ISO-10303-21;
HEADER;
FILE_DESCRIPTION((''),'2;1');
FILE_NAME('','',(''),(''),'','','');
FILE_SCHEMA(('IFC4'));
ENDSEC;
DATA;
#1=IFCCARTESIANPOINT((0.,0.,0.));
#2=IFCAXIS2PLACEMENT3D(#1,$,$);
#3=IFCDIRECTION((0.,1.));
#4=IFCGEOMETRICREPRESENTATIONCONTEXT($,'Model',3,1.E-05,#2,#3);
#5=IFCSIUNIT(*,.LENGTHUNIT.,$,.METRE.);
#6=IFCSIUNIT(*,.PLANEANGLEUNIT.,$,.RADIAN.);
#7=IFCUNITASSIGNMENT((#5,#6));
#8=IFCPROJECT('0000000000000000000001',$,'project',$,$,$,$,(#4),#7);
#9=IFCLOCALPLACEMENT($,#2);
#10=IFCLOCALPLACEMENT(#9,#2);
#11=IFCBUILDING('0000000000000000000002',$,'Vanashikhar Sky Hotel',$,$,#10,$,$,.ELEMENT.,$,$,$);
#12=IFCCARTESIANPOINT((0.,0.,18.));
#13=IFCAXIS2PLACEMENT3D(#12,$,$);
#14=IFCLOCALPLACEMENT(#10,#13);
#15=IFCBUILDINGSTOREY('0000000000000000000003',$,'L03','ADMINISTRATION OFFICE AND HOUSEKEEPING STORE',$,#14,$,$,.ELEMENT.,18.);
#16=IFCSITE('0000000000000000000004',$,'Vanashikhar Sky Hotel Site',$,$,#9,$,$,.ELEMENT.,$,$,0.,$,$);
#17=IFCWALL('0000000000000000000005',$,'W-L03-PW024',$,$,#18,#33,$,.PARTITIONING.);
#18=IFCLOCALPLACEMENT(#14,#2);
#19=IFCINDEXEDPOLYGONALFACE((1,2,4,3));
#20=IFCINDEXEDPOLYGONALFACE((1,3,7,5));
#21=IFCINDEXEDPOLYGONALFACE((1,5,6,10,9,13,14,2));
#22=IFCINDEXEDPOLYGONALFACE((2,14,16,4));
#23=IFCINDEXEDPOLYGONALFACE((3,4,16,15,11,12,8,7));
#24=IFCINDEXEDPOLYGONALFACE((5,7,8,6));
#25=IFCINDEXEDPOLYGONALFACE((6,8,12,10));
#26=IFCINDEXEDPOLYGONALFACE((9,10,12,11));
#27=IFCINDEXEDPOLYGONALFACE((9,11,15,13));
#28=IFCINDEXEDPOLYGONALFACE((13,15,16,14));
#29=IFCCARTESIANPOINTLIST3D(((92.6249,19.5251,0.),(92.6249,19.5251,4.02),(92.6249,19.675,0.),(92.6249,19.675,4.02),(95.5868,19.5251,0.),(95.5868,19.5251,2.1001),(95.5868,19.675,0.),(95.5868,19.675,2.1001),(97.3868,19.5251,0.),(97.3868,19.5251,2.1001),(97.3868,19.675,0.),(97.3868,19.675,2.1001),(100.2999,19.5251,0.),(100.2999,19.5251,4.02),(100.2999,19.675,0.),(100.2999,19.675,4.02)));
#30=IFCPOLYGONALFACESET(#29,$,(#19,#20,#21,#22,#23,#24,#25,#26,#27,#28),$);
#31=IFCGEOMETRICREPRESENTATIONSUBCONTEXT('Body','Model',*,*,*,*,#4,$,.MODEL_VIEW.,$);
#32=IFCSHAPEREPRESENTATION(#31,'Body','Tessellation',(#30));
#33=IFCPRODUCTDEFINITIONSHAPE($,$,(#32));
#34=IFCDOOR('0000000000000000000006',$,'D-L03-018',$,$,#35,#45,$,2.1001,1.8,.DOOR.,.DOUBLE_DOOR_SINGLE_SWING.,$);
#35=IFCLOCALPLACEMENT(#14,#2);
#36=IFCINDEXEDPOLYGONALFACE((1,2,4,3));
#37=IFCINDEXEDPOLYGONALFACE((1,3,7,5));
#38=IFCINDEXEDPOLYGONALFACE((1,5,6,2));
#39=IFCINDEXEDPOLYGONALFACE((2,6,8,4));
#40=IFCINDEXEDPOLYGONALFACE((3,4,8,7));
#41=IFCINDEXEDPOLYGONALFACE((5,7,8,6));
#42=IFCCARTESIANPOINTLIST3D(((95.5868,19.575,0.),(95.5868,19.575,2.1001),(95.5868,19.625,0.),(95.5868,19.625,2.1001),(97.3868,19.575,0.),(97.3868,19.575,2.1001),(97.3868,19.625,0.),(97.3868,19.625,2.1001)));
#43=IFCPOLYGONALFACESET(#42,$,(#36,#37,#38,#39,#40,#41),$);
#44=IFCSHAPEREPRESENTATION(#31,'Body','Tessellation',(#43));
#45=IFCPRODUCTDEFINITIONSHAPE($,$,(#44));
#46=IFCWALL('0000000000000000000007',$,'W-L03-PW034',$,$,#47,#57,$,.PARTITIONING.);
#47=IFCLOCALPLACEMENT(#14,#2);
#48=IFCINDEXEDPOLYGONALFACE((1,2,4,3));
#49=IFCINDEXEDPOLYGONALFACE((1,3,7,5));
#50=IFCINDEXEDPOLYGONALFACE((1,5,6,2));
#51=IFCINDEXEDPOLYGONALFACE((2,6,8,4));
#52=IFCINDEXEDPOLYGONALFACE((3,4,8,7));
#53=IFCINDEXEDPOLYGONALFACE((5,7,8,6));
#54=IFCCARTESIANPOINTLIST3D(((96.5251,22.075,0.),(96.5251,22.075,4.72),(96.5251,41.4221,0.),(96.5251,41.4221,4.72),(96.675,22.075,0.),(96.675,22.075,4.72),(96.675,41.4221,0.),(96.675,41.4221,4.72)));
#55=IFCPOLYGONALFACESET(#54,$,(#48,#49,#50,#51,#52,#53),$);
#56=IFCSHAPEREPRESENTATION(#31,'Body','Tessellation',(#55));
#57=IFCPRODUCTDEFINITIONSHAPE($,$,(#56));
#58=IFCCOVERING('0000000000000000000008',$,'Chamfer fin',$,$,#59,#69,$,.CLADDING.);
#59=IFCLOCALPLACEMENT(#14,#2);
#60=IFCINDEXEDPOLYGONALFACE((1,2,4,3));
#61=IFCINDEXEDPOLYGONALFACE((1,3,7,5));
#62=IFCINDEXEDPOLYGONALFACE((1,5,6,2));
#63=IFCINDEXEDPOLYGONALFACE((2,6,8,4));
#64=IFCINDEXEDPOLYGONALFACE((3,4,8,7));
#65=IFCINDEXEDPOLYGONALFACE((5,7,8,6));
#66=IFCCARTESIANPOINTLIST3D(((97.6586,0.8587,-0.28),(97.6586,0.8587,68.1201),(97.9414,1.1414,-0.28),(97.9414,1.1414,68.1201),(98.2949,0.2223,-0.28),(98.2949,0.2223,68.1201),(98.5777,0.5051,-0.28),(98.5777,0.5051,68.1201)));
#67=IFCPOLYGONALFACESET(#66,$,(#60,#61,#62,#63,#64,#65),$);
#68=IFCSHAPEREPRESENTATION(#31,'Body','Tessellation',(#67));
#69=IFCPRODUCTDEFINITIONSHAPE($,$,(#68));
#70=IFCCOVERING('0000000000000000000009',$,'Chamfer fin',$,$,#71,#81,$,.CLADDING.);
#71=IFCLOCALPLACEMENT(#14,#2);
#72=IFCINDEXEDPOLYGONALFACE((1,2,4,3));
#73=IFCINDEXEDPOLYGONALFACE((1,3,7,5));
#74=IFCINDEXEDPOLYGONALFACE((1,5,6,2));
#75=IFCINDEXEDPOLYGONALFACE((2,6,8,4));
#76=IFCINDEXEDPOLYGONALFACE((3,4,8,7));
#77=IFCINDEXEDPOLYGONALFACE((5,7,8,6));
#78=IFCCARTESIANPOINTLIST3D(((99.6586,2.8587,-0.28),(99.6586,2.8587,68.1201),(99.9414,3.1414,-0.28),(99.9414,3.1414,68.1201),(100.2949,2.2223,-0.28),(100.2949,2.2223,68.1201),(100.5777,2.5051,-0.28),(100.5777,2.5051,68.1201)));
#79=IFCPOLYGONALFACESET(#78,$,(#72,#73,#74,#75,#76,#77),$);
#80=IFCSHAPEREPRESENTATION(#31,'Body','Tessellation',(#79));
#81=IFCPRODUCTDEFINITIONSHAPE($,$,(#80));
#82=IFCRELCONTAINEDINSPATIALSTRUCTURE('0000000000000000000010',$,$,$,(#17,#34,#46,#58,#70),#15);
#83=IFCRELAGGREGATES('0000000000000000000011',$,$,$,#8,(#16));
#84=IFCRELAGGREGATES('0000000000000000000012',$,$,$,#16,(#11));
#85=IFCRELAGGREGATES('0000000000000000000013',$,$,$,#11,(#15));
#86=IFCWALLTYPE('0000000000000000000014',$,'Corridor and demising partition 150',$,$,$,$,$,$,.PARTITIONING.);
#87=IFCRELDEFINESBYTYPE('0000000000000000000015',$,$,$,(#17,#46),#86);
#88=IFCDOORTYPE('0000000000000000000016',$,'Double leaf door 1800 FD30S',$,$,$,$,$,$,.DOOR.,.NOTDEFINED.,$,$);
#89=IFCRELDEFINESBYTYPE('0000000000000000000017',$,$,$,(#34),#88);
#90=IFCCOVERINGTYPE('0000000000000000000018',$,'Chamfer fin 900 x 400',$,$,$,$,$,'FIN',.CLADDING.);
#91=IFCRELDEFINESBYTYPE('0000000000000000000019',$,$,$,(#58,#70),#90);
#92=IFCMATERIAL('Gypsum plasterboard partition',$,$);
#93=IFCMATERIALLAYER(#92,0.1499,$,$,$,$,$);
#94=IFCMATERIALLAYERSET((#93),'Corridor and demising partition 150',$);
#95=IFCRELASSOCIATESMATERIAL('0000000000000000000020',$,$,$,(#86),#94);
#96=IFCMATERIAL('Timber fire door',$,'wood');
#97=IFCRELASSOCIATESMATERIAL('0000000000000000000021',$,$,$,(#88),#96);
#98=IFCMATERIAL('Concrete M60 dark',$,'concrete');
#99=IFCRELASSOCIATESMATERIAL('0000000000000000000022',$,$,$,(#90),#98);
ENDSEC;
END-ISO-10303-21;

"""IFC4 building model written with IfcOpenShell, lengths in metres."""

from ifc_helpers import new_model, si_unit, direction, frame, frame_2d, origin, origin_2d, place, context, subcontext, project, spatial, rectangle, extrude, source, transform, mapped, material, layer, layer_set, material_profile, profile_set, type_object, element, fill, save


model = new_model("IFC4")

# Units and contexts
model_context = context("Model", 3, precision=1e-05, world=origin(), true_north=direction((0.0, 1.0)))
body_context = subcontext(model_context, "Body", "Model", "MODEL_VIEW")
ifc_project = project(units=[si_unit("LENGTHUNIT", "METRE"), si_unit("PLANEANGLEUNIT", "RADIAN")], contexts=[model_context])

# Site, building, storey
site_placement = place(None, origin())
site = spatial("IfcSite", under=ifc_project, at=site_placement, Name="Vanashikhar Sky Hotel Site", CompositionType="ELEMENT", RefElevation=0.0)
building_placement = place(site_placement, origin())
building = spatial("IfcBuilding", under=site, at=building_placement, Name="Vanashikhar Sky Hotel", CompositionType="ELEMENT")
storey_placement = place(building_placement, frame((0.0, 0.0, 18.0)))
storey = spatial("IfcBuildingStorey", under=building, at=storey_placement, Name="L03", Description="ADMINISTRATION OFFICE AND HOUSEKEEPING STORE", CompositionType="ELEMENT", Elevation=18.0)

# Wall, opening, door
ifc_material_1 = material(Name="Gypsum plasterboard partition")
ifc_layer_1 = layer(ifc_material_1, 0.1499)
ifc_layer_set_1 = layer_set([ifc_layer_1], Name="Corridor and demising partition 150")
wall_type_1 = type_object("IfcWallType", Name="Corridor and demising partition 150", PredefinedType="PARTITIONING", material=ifc_layer_set_1)
ifc_material_2 = material(Name="Timber fire door", Category="wood")
shared_shape_1 = source(origin(), body_context, "Body", "SweptSolid", [
    extrude(rectangle(XDim=7.675, YDim=0.1499, at=frame_2d((3.8374, 0.0))), origin(), (0.0, 0.0, 1.0), 4.02),
])
wall_1_placement = place(storey_placement, frame((92.625, 19.6001, 0.0), z_axis=(0.0, 0.0, 1.0), x_axis=(1.0, 0.0, 0.0)))
wall_1 = element("IfcWall", 1, at=wall_1_placement, inside=storey, type_object=wall_type_1, Name="W-L03-PW024", PredefinedType="PARTITIONING", context=body_context, shape_type="MappedRepresentation", body=[
    mapped(shared_shape_1, transform((0.0, 0.0, 0.0), scale=1.0)),
])
shared_shape_2 = source(origin(), body_context, "Body", "SweptSolid", [
    extrude(rectangle(XDim=1.8, YDim=2.1001, at=frame_2d((0.8999, 1.05))), frame((0.0, 0.085, 0.0), z_axis=(0.0, -1.0, 0.0), x_axis=(1.0, 0.0, 0.0)), (0.0, 0.0, 1.0), 0.1699),
])
opening_1_placement = place(wall_1_placement, frame((2.9619, 0.0, 0.0)))
opening_1 = element("IfcOpeningElement", 2, at=opening_1_placement, cuts=wall_1, PredefinedType="OPENING", context=body_context, shape_type="MappedRepresentation", body=[
    mapped(shared_shape_2, transform((0.0, 0.0, 0.0), scale=1.0)),
])
door_type_1 = type_object("IfcDoorType", Name="Double leaf door 1800 FD30S", OperationType="NOTDEFINED", PredefinedType="DOOR", material=ifc_material_2)
shared_shape_3 = source(origin(), body_context, "Body", "SweptSolid", [
    extrude(rectangle(XDim=1.8, YDim=2.1001, at=frame_2d((0.8999, 1.05))), frame((0.0, 0.0249, 0.0), z_axis=(0.0, -1.0, 0.0), x_axis=(1.0, 0.0, 0.0)), (0.0, 0.0, 1.0), 0.05),
])
door_1_placement = place(opening_1_placement, origin())
door_1 = element("IfcDoor", 3, at=door_1_placement, inside=storey, type_object=door_type_1, Name="D-L03-018", OperationType="DOUBLE_DOOR_SINGLE_SWING", OverallHeight=2.1001, OverallWidth=1.8, PredefinedType="DOOR", context=body_context, shape_type="MappedRepresentation", body=[
    mapped(shared_shape_3, transform((0.0, 0.0, 0.0), scale=1.0)),
])
fill(opening_1, door_1)

# Wall
shared_shape_4 = source(origin(), body_context, "Body", "SweptSolid", [
    extrude(rectangle(XDim=19.3472, YDim=0.1499, at=frame_2d((9.6736, 0.0))), origin(), (0.0, 0.0, 1.0), 4.72),
])
wall_2_placement = place(storey_placement, frame((96.6001, 22.075, 0.0), z_axis=(0.0, 0.0, 1.0), x_axis=(0.0, 1.0, 0.0)))
element("IfcWall", 4, at=wall_2_placement, inside=storey, type_object=wall_type_1, Name="W-L03-PW034", PredefinedType="PARTITIONING", context=body_context, shape_type="MappedRepresentation", body=[
    mapped(shared_shape_4, transform((0.0, 0.0, 0.0), scale=1.0)),
])

# Coverings
ifc_material_3 = material(Name="Concrete M60 dark", Category="concrete")
ifc_material_profile_1 = material_profile(ifc_material_3, rectangle(XDim=0.8999, YDim=0.3999, at=origin_2d()))
ifc_profile_set_1 = profile_set([ifc_material_profile_1], Name="Chamfer fin 900 x 400")
covering_type = type_object("IfcCoveringType", Name="Chamfer fin 900 x 400", ElementType="FIN", PredefinedType="CLADDING", material=ifc_profile_set_1)
shared_shape_5 = source(origin(), body_context, "Body", "SweptSolid", [
    extrude(rectangle(XDim=0.8999, YDim=0.3999, at=origin_2d()), origin(), (0.0, 0.0, 1.0), 68.4001),
])
for number, where, z_axis, x_axis, name in (
    (5, (98.1182, 0.6819, -0.28), (0.0, 0.0, 1.0), (0.707107, -0.707107, 0.0), "Chamfer fin"),
    (6, (100.1182, 2.6819, -0.28), (0.0, 0.0, 1.0), (0.707107, -0.707107, 0.0), "Chamfer fin"),
):
    element("IfcCovering", number, at=place(storey_placement, frame(where, z_axis=z_axis, x_axis=x_axis)), inside=storey, type_object=covering_type, Name=name, PredefinedType="CLADDING", context=body_context, shape_type="MappedRepresentation", body=[
        mapped(shared_shape_5, transform((0.0, 0.0, 0.0), scale=1.0)),
    ])

save(model, "model.ifc")
